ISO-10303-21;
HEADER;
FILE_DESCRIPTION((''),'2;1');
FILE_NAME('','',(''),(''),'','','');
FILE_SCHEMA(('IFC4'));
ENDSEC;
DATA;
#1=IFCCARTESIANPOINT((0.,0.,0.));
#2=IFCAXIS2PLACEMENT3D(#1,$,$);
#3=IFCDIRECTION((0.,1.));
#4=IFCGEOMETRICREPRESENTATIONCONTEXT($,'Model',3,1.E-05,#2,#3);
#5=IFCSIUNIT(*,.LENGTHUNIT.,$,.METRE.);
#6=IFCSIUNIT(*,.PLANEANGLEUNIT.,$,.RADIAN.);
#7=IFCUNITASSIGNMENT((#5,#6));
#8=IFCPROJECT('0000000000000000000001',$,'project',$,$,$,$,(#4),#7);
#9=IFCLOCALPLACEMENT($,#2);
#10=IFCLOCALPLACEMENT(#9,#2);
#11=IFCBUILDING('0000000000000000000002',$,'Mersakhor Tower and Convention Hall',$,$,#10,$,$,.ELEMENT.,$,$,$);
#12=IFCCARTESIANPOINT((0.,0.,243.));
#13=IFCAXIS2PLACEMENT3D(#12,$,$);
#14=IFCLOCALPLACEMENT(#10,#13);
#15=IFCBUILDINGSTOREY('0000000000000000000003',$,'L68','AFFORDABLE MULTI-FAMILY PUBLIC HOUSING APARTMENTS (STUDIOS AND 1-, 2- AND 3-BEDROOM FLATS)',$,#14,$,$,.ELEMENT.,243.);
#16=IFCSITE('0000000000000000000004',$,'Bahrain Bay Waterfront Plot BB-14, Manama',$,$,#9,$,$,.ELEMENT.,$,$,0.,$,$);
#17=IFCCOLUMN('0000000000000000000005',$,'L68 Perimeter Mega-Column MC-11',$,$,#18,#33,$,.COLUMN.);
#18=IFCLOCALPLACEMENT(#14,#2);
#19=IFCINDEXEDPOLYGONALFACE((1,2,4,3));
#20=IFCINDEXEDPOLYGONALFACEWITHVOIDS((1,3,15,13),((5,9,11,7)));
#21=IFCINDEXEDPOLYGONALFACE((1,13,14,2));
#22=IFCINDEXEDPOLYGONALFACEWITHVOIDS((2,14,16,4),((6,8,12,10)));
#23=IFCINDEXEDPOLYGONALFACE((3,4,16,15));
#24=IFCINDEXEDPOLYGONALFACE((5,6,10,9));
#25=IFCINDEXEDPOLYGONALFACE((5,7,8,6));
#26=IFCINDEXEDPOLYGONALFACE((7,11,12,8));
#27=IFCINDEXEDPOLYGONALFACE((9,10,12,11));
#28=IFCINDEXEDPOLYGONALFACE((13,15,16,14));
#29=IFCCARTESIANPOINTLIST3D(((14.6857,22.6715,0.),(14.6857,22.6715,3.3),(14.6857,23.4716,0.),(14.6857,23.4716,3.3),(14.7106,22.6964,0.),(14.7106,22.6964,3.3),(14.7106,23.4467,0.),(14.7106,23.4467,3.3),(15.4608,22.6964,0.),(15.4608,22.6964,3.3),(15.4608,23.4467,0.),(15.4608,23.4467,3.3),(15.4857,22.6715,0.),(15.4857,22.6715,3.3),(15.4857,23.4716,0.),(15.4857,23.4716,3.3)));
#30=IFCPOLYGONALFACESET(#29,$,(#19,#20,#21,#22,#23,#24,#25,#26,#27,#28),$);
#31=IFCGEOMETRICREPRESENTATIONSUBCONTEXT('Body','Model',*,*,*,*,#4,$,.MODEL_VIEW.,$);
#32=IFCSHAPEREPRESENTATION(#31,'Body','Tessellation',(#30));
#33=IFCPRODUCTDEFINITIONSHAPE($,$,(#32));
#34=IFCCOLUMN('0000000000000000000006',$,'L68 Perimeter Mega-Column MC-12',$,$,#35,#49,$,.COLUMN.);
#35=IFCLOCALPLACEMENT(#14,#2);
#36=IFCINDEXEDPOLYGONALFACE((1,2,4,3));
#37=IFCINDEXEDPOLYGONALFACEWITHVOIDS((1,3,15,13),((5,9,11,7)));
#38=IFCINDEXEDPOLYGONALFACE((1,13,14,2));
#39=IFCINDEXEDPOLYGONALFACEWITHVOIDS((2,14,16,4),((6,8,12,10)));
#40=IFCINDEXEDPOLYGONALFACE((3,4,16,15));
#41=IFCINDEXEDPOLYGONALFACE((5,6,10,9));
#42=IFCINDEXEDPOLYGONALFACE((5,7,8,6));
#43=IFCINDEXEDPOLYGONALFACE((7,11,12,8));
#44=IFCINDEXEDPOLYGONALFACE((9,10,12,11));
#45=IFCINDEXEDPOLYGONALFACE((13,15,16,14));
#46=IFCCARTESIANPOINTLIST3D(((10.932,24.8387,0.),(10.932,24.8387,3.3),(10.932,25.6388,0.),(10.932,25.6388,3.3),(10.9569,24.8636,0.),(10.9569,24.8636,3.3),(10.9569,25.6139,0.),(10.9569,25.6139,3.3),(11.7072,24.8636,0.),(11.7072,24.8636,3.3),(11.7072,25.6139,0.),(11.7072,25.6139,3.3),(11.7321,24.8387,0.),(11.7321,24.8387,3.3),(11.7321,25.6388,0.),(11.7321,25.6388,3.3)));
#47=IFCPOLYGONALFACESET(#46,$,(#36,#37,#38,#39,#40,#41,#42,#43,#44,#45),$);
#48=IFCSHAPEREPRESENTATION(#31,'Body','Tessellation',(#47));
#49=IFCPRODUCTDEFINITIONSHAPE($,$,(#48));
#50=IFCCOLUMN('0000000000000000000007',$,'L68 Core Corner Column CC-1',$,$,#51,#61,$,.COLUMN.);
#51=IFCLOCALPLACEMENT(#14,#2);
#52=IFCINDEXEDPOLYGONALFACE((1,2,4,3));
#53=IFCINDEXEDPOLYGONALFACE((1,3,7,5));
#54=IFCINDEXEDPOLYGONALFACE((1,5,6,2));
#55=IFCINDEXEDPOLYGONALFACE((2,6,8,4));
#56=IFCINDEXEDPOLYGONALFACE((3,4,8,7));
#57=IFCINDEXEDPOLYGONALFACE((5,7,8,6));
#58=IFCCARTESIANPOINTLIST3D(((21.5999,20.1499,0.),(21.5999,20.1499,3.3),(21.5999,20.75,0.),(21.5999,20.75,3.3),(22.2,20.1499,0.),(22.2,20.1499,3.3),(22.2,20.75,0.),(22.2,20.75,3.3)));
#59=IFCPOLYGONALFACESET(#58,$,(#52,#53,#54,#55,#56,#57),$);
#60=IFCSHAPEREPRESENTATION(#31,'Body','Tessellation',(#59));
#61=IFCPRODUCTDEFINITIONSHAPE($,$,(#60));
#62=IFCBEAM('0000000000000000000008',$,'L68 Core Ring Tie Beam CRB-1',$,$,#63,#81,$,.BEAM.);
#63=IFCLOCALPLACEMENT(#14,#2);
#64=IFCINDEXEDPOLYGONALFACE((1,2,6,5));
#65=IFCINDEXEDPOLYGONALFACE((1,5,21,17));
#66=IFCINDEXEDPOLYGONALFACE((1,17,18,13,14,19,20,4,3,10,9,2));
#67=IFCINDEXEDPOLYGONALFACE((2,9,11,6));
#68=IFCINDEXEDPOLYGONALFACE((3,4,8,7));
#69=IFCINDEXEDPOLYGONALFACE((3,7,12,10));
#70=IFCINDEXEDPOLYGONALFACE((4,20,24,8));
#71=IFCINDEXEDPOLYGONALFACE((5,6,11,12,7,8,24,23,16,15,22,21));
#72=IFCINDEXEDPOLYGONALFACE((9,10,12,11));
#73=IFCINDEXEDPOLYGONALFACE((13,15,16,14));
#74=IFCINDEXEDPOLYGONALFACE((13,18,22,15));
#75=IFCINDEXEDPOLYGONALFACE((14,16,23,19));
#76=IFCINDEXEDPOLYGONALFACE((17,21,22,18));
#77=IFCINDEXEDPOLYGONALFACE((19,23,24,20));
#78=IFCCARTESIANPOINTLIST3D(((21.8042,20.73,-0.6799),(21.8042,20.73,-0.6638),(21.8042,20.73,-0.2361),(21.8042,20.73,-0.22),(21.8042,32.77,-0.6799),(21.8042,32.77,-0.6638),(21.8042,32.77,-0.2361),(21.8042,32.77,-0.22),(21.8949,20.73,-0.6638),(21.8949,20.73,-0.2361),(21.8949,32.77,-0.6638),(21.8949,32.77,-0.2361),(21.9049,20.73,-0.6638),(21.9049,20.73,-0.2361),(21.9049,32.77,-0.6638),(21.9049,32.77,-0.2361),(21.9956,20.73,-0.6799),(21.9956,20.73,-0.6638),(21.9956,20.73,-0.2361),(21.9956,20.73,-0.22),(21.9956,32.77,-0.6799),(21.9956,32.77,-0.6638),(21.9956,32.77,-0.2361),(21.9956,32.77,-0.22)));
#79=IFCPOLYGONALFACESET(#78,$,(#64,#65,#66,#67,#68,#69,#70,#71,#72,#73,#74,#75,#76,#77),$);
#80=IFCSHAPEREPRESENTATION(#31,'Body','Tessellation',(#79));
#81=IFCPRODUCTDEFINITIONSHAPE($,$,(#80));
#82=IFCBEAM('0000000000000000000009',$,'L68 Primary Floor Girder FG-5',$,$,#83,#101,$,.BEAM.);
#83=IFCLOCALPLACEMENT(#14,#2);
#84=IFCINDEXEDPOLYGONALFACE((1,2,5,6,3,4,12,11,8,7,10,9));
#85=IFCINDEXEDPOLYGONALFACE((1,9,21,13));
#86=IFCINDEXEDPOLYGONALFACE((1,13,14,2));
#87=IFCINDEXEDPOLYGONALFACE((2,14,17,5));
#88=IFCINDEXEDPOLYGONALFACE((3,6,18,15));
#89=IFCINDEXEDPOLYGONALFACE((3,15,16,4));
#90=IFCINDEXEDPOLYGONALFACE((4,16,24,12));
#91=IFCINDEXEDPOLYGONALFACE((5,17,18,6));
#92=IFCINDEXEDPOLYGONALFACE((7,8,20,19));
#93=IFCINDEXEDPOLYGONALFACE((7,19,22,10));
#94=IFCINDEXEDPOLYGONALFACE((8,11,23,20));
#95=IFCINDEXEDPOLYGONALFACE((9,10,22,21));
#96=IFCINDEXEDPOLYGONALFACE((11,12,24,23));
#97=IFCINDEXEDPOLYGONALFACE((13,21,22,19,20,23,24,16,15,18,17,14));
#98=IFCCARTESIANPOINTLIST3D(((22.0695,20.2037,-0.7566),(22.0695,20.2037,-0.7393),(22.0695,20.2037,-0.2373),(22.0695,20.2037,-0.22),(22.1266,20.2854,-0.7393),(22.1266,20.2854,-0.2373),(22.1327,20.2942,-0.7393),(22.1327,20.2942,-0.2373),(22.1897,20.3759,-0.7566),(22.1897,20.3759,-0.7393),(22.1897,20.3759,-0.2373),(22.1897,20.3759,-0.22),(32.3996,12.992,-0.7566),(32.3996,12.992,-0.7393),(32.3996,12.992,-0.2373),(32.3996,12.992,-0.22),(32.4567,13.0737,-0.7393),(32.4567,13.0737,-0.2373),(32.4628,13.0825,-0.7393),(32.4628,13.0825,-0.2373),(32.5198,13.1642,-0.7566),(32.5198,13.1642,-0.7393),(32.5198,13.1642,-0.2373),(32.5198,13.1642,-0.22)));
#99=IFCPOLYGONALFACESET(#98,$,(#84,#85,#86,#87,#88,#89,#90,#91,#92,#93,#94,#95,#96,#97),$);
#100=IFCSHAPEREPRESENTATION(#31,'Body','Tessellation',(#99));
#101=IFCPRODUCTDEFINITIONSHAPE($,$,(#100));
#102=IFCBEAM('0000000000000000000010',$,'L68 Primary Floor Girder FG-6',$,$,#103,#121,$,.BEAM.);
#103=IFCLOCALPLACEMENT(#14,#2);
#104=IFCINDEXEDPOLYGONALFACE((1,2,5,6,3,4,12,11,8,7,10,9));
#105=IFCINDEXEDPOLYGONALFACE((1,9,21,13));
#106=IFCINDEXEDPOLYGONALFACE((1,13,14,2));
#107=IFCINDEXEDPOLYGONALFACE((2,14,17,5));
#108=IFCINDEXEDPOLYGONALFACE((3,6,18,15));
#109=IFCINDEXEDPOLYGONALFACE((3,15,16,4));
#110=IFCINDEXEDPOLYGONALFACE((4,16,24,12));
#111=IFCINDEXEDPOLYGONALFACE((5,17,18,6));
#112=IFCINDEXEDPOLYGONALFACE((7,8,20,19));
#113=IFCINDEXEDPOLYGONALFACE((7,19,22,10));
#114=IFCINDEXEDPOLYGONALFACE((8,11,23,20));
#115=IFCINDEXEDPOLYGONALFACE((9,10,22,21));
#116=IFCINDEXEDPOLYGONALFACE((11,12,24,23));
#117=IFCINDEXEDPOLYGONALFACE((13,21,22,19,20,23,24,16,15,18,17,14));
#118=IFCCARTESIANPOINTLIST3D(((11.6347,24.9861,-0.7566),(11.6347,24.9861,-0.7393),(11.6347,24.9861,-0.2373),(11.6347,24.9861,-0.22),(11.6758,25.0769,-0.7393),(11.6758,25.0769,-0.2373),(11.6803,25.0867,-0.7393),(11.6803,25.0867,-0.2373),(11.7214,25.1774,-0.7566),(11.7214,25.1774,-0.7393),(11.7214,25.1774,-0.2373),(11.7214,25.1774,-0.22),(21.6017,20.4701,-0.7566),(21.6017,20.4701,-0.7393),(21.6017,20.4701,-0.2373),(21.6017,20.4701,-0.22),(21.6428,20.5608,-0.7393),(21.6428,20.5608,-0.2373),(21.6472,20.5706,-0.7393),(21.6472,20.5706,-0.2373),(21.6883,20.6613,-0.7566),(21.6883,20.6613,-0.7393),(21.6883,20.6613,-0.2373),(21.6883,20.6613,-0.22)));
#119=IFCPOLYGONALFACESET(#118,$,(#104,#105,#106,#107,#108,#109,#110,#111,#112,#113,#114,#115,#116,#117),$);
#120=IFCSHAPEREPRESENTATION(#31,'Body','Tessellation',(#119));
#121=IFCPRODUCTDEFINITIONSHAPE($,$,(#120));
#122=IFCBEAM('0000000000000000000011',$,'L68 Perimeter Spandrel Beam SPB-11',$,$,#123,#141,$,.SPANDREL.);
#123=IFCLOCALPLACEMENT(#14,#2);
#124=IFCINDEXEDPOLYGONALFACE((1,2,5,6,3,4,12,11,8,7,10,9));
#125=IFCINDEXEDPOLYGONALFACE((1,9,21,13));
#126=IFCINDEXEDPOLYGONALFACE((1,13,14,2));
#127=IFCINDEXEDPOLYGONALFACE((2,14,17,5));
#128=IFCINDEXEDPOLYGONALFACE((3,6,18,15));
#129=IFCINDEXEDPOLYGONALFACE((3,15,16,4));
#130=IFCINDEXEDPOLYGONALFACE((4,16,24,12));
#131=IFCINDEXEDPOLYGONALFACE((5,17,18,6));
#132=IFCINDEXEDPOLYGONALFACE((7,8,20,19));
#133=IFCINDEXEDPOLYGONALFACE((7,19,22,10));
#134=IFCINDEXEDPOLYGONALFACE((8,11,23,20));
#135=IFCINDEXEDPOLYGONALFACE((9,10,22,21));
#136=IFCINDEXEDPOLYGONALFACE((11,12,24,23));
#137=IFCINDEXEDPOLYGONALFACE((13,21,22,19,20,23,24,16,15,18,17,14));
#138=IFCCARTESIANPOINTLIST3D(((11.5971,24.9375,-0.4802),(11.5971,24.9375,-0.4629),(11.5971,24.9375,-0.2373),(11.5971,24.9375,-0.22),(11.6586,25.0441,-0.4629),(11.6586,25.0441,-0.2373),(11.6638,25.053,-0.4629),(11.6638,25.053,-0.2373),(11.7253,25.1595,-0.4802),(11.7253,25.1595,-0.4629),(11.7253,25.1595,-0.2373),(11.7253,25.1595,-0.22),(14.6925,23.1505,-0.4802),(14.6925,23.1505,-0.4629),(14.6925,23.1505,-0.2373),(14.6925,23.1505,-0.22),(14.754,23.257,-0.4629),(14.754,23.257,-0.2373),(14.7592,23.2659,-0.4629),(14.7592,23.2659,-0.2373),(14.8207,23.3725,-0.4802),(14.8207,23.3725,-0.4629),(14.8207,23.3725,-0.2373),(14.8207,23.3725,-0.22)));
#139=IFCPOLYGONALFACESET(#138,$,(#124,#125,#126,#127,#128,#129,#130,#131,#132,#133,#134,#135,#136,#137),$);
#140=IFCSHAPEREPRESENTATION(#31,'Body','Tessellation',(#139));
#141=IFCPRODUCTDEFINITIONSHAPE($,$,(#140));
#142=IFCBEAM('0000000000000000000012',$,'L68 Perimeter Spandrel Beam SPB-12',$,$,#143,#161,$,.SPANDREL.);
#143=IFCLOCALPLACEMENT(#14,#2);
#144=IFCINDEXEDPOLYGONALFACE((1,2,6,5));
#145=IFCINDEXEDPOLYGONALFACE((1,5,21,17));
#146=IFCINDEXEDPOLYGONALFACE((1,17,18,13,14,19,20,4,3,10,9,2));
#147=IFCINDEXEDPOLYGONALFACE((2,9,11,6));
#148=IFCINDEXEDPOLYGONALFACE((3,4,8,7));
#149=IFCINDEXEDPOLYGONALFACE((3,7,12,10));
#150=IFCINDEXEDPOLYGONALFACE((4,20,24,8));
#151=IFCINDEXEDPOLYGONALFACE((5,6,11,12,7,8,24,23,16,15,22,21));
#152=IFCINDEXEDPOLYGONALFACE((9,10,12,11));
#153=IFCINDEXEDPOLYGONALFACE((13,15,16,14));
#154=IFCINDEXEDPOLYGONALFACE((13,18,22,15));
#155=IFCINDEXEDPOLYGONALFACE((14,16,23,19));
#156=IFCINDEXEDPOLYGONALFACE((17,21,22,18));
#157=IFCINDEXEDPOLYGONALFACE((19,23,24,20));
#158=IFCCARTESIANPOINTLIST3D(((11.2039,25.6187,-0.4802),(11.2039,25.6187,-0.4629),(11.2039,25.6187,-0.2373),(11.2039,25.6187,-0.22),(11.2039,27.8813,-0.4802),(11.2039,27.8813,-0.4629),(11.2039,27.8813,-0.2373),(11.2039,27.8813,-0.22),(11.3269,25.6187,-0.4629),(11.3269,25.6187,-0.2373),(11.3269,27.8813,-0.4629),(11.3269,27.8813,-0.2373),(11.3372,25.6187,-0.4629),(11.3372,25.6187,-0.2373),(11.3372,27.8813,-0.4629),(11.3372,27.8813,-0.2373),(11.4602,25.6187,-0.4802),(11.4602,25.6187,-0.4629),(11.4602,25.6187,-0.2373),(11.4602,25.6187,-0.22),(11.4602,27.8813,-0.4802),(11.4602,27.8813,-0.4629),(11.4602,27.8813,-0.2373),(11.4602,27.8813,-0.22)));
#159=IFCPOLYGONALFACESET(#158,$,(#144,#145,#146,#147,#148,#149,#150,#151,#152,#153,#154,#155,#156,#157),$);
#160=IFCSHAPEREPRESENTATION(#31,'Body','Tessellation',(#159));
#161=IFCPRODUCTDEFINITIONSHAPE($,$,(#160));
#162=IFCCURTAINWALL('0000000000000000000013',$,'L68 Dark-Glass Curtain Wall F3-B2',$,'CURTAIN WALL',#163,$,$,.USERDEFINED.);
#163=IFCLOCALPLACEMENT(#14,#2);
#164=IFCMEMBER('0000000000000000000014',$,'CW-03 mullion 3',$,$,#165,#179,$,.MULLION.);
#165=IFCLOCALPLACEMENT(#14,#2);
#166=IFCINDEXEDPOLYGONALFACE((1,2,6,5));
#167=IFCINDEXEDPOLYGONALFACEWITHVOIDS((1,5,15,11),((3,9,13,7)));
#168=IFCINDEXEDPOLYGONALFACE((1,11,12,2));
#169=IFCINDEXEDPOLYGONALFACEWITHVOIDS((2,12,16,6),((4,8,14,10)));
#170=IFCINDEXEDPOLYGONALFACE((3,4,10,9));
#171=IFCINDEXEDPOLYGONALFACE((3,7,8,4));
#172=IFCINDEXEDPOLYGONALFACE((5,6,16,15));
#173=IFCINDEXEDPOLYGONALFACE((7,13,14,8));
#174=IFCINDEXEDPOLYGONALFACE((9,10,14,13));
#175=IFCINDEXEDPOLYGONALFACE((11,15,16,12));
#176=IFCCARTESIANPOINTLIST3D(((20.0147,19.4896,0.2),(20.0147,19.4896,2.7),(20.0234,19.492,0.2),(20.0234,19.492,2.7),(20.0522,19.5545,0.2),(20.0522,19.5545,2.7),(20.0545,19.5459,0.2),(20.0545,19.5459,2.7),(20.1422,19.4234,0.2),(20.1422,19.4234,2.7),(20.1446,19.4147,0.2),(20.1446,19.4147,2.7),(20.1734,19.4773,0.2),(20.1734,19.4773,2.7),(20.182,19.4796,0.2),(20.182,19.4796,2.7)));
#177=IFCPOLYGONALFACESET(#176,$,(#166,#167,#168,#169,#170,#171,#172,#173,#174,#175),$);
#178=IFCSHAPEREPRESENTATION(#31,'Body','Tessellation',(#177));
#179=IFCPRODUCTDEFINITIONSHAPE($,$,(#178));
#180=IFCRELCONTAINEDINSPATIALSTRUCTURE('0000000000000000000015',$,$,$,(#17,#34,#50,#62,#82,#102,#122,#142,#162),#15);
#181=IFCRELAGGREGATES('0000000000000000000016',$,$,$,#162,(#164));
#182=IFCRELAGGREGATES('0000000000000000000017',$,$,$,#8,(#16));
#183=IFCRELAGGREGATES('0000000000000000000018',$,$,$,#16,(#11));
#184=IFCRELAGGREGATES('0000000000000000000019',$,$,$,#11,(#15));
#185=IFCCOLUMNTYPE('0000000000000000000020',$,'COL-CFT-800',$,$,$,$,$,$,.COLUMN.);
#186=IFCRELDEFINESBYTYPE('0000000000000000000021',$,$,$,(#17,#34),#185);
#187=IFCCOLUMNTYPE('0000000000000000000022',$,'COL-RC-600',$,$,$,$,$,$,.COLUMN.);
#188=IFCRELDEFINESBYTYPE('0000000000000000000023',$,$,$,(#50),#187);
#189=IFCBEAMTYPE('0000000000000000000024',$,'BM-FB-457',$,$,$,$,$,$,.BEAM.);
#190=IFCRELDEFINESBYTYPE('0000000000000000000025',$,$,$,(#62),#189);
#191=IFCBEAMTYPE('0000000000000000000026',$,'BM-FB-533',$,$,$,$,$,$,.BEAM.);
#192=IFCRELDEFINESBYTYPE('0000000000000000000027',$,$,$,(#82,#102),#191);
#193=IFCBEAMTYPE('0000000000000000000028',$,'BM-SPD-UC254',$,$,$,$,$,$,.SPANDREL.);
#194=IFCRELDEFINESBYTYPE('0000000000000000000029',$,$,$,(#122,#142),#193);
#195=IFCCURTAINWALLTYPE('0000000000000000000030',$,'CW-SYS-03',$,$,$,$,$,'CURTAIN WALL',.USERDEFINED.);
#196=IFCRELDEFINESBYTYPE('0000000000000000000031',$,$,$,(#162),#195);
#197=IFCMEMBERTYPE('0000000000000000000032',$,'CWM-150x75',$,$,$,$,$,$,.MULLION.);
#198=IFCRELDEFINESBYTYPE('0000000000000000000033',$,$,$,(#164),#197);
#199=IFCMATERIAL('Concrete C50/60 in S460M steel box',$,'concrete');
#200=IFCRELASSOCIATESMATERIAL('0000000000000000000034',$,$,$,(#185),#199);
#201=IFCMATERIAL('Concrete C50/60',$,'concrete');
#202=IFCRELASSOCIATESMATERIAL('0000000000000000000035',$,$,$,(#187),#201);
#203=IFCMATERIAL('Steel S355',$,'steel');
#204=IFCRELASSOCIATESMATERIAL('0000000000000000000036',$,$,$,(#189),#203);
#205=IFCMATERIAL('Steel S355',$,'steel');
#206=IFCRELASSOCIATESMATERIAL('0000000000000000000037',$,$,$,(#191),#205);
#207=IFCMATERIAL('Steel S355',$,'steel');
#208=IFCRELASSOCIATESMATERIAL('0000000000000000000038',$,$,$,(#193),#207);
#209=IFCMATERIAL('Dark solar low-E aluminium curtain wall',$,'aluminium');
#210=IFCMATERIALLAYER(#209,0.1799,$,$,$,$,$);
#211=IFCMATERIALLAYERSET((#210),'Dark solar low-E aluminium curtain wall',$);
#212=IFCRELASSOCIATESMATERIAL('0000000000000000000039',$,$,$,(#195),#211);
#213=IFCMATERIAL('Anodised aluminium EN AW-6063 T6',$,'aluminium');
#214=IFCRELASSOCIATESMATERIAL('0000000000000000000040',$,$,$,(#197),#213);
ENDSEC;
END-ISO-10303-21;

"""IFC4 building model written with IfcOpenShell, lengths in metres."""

from ifc_helpers import new_model, si_unit, direction, frame, origin, origin_2d, place, context, subcontext, project, spatial, rectangle, hollow_rectangle, i_section, extrude, material, layer, layer_set, material_profile, profile_set, type_object, element, aggregate, save


model = new_model("IFC4")

# Units and contexts
model_context = context("Model", 3, precision=1e-05, world=origin(), true_north=direction((0.0, 1.0)))
body_context = subcontext(model_context, "Body", "Model", "MODEL_VIEW")
ifc_project = project(units=[si_unit("LENGTHUNIT", "METRE"), si_unit("PLANEANGLEUNIT", "RADIAN")], contexts=[model_context])

# Site, building, storey
site_placement = place(None, origin())
site = spatial("IfcSite", under=ifc_project, at=site_placement, Name="Bahrain Bay Waterfront Plot BB-14, Manama", CompositionType="ELEMENT", RefElevation=0.0)
building_placement = place(site_placement, origin())
building = spatial("IfcBuilding", under=site, at=building_placement, Name="Mersakhor Tower and Convention Hall", CompositionType="ELEMENT")
storey_placement = place(building_placement, frame((0.0, 0.0, 243.0)))
storey = spatial("IfcBuildingStorey", under=building, at=storey_placement, Name="L68", Description="AFFORDABLE MULTI-FAMILY PUBLIC HOUSING APARTMENTS (STUDIOS AND 1-, 2- AND 3-BEDROOM FLATS)", CompositionType="ELEMENT", Elevation=243.0)

# Columns
ifc_material_1 = material(Name="Concrete C50/60 in S460M steel box", Category="concrete")
ifc_material_profile_1 = material_profile(ifc_material_1, hollow_rectangle(XDim=0.8, YDim=0.8, WallThickness=0.0249, at=origin_2d()), Name="SHS 800x800x25")
ifc_profile_set_1 = profile_set([ifc_material_profile_1], Name="Concrete C50/60 in S460M steel box")
column_type_1 = type_object("IfcColumnType", Name="COL-CFT-800", PredefinedType="COLUMN", material=ifc_profile_set_1)
for number, where, z_axis, x_axis, name in (
    (1, (15.0857, 23.0715, 0.0), (0.0, 0.0, 1.0), (1.0, 0.0, 0.0), "L68 Perimeter Mega-Column MC-11"),
    (2, (11.332, 25.2388, 0.0), (0.0, 0.0, 1.0), (1.0, 0.0, 0.0), "L68 Perimeter Mega-Column MC-12"),
):
    element("IfcColumn", number, at=place(storey_placement, frame(where, z_axis=z_axis, x_axis=x_axis)), inside=storey, type_object=column_type_1, Name=name, PredefinedType="COLUMN", context=body_context, shape_type="SweptSolid", body=[
        extrude(hollow_rectangle(XDim=0.8, YDim=0.8, WallThickness=0.0249, at=origin_2d()), origin(), (0.0, 0.0, 1.0), 3.3),
    ])
ifc_material_2 = material(Name="Concrete C50/60", Category="concrete")
ifc_material_profile_2 = material_profile(ifc_material_2, rectangle(XDim=0.6001, YDim=0.6001, at=origin_2d()), Name="RC 600x600")
ifc_profile_set_2 = profile_set([ifc_material_profile_2], Name="Concrete C50/60")
column_type_2 = type_object("IfcColumnType", Name="COL-RC-600", PredefinedType="COLUMN", material=ifc_profile_set_2)
column_placement = place(storey_placement, frame((21.8999, 20.45, 0.0), z_axis=(0.0, 0.0, 1.0), x_axis=(1.0, 0.0, 0.0)))
element("IfcColumn", 3, at=column_placement, inside=storey, type_object=column_type_2, Name="L68 Core Corner Column CC-1", PredefinedType="COLUMN", context=body_context, shape_type="SweptSolid", body=[
    extrude(rectangle(XDim=0.6001, YDim=0.6001, at=origin_2d()), origin(), (0.0, 0.0, 1.0), 3.3),
])

# Beams
ifc_material_3 = material(Name="Steel S355", Category="steel")
ifc_material_profile_3 = material_profile(ifc_material_3, i_section(OverallWidth=0.1914, OverallDepth=0.46, WebThickness=0.01, FlangeThickness=0.0161, at=origin_2d()), Name="UB 457x191x82")
ifc_profile_set_3 = profile_set([ifc_material_profile_3], Name="Steel S355")
beam_type_1 = type_object("IfcBeamType", Name="BM-FB-457", PredefinedType="BEAM", material=ifc_profile_set_3)
beam_1_placement = place(storey_placement, frame((21.8999, 20.73, -0.45), z_axis=(0.0, 1.0, 0.0), x_axis=(-1.0, 0.0, 0.0)))
element("IfcBeam", 4, at=beam_1_placement, inside=storey, type_object=beam_type_1, Name="L68 Core Ring Tie Beam CRB-1", PredefinedType="BEAM", context=body_context, shape_type="SweptSolid", body=[
    extrude(i_section(OverallWidth=0.1914, OverallDepth=0.46, WebThickness=0.01, FlangeThickness=0.0161, at=origin_2d()), origin(), (0.0, 0.0, 1.0), 12.04),
])
ifc_material_4 = material(Name="Steel S355", Category="steel")
ifc_material_profile_4 = material_profile(ifc_material_4, i_section(OverallWidth=0.21, OverallDepth=0.5366, WebThickness=0.0107, FlangeThickness=0.0173, at=origin_2d()), Name="UB 533x210x101")
ifc_profile_set_4 = profile_set([ifc_material_profile_4], Name="Steel S355")
beam_type_2 = type_object("IfcBeamType", Name="BM-FB-533", PredefinedType="BEAM", material=ifc_profile_set_4)
beam_2_placement = place(storey_placement, frame((22.1296, 20.2898, -0.4883), z_axis=(0.819954, -0.572429, 0.0), x_axis=(0.572429, 0.819954, 0.0)))
element("IfcBeam", 5, at=beam_2_placement, inside=storey, type_object=beam_type_2, Name="L68 Primary Floor Girder FG-5", PredefinedType="BEAM", context=body_context, shape_type="SweptSolid", body=[
    extrude(i_section(OverallWidth=0.21, OverallDepth=0.5366, WebThickness=0.0107, FlangeThickness=0.0173, at=origin_2d()), origin(), (0.0, 0.0, 1.0), 12.5984),
])
beam_3_placement = place(storey_placement, frame((21.645, 20.5657, -0.4883), z_axis=(-0.91086, 0.412715, 0.0), x_axis=(-0.412715, -0.91086, 0.0)))
element("IfcBeam", 6, at=beam_3_placement, inside=storey, type_object=beam_type_2, Name="L68 Primary Floor Girder FG-6", PredefinedType="BEAM", context=body_context, shape_type="SweptSolid", body=[
    extrude(i_section(OverallWidth=0.21, OverallDepth=0.5366, WebThickness=0.0107, FlangeThickness=0.0173, at=origin_2d()), origin(), (0.0, 0.0, 1.0), 10.9424),
])
ifc_material_5 = material(Name="Steel S355", Category="steel")
ifc_material_profile_5 = material_profile(ifc_material_5, i_section(OverallWidth=0.2563, OverallDepth=0.2603, WebThickness=0.0103, FlangeThickness=0.0173, at=origin_2d()), Name="UC 254x254x89")
ifc_profile_set_5 = profile_set([ifc_material_profile_5], Name="Steel S355")
beam_type_3 = type_object("IfcBeamType", Name="BM-SPD-UC254", PredefinedType="SPANDREL", material=ifc_profile_set_5)
beam_4_placement = place(storey_placement, frame((14.7566, 23.2615, -0.3501), z_axis=(-0.866032, 0.499989, 0.0), x_axis=(-0.499989, -0.866032, 0.0)))
element("IfcBeam", 7, at=beam_4_placement, inside=storey, type_object=beam_type_3, Name="L68 Perimeter Spandrel Beam SPB-11", PredefinedType="SPANDREL", context=body_context, shape_type="SweptSolid", body=[
    extrude(i_section(OverallWidth=0.2563, OverallDepth=0.2603, WebThickness=0.0103, FlangeThickness=0.0173, at=origin_2d()), origin(), (0.0, 0.0, 1.0), 3.5742),
])
beam_5_placement = place(storey_placement, frame((11.332, 25.6187, -0.3501), z_axis=(0.0, 1.0, 0.0), x_axis=(-1.0, 0.0, 0.0)))
element("IfcBeam", 8, at=beam_5_placement, inside=storey, type_object=beam_type_3, Name="L68 Perimeter Spandrel Beam SPB-12", PredefinedType="SPANDREL", context=body_context, shape_type="SweptSolid", body=[
    extrude(i_section(OverallWidth=0.2563, OverallDepth=0.2603, WebThickness=0.0103, FlangeThickness=0.0173, at=origin_2d()), origin(), (0.0, 0.0, 1.0), 2.2627),
])

# Curtain wall, member
ifc_material_6 = material(Name="Dark solar low-E aluminium curtain wall", Category="aluminium")
ifc_layer_1 = layer(ifc_material_6, 0.1799)
ifc_layer_set_1 = layer_set([ifc_layer_1], Name="Dark solar low-E aluminium curtain wall")
curtain_wall_type = type_object("IfcCurtainWallType", Name="CW-SYS-03", ElementType="CURTAIN WALL", PredefinedType="USERDEFINED", material=ifc_layer_set_1)
curtain_wall_placement = place(storey_placement, origin())
curtain_wall = element("IfcCurtainWall", 9, at=curtain_wall_placement, inside=storey, type_object=curtain_wall_type, Name="L68 Dark-Glass Curtain Wall F3-B2", ObjectType="CURTAIN WALL", PredefinedType="USERDEFINED")
ifc_material_7 = material(Name="Anodised aluminium EN AW-6063 T6", Category="aluminium")
ifc_material_profile_6 = material_profile(ifc_material_7, hollow_rectangle(XDim=0.075, YDim=0.1499, WallThickness=0.0063, at=origin_2d()), Name="RHS 150x75x6.3")
ifc_profile_set_6 = profile_set([ifc_material_profile_6], Name="Anodised aluminium EN AW-6063 T6")
member_type_1 = type_object("IfcMemberType", Name="CWM-150x75", PredefinedType="MULLION", material=ifc_profile_set_6)
member_1_placement = place(storey_placement, frame((20.0984, 19.4846, 0.2), z_axis=(0.0, 0.0, 1.0), x_axis=(-0.500004, -0.866023, 0.0)))
member_1 = element("IfcMember", 10, at=member_1_placement, type_object=member_type_1, Name="CW-03 mullion 3", PredefinedType="MULLION", context=body_context, shape_type="SweptSolid", body=[
    extrude(hollow_rectangle(XDim=0.075, YDim=0.1499, WallThickness=0.0063, at=origin_2d()), origin(), (0.0, 0.0, 1.0), 2.5),
])

aggregate(curtain_wall, [member_1])

save(model, "model.ifc")
